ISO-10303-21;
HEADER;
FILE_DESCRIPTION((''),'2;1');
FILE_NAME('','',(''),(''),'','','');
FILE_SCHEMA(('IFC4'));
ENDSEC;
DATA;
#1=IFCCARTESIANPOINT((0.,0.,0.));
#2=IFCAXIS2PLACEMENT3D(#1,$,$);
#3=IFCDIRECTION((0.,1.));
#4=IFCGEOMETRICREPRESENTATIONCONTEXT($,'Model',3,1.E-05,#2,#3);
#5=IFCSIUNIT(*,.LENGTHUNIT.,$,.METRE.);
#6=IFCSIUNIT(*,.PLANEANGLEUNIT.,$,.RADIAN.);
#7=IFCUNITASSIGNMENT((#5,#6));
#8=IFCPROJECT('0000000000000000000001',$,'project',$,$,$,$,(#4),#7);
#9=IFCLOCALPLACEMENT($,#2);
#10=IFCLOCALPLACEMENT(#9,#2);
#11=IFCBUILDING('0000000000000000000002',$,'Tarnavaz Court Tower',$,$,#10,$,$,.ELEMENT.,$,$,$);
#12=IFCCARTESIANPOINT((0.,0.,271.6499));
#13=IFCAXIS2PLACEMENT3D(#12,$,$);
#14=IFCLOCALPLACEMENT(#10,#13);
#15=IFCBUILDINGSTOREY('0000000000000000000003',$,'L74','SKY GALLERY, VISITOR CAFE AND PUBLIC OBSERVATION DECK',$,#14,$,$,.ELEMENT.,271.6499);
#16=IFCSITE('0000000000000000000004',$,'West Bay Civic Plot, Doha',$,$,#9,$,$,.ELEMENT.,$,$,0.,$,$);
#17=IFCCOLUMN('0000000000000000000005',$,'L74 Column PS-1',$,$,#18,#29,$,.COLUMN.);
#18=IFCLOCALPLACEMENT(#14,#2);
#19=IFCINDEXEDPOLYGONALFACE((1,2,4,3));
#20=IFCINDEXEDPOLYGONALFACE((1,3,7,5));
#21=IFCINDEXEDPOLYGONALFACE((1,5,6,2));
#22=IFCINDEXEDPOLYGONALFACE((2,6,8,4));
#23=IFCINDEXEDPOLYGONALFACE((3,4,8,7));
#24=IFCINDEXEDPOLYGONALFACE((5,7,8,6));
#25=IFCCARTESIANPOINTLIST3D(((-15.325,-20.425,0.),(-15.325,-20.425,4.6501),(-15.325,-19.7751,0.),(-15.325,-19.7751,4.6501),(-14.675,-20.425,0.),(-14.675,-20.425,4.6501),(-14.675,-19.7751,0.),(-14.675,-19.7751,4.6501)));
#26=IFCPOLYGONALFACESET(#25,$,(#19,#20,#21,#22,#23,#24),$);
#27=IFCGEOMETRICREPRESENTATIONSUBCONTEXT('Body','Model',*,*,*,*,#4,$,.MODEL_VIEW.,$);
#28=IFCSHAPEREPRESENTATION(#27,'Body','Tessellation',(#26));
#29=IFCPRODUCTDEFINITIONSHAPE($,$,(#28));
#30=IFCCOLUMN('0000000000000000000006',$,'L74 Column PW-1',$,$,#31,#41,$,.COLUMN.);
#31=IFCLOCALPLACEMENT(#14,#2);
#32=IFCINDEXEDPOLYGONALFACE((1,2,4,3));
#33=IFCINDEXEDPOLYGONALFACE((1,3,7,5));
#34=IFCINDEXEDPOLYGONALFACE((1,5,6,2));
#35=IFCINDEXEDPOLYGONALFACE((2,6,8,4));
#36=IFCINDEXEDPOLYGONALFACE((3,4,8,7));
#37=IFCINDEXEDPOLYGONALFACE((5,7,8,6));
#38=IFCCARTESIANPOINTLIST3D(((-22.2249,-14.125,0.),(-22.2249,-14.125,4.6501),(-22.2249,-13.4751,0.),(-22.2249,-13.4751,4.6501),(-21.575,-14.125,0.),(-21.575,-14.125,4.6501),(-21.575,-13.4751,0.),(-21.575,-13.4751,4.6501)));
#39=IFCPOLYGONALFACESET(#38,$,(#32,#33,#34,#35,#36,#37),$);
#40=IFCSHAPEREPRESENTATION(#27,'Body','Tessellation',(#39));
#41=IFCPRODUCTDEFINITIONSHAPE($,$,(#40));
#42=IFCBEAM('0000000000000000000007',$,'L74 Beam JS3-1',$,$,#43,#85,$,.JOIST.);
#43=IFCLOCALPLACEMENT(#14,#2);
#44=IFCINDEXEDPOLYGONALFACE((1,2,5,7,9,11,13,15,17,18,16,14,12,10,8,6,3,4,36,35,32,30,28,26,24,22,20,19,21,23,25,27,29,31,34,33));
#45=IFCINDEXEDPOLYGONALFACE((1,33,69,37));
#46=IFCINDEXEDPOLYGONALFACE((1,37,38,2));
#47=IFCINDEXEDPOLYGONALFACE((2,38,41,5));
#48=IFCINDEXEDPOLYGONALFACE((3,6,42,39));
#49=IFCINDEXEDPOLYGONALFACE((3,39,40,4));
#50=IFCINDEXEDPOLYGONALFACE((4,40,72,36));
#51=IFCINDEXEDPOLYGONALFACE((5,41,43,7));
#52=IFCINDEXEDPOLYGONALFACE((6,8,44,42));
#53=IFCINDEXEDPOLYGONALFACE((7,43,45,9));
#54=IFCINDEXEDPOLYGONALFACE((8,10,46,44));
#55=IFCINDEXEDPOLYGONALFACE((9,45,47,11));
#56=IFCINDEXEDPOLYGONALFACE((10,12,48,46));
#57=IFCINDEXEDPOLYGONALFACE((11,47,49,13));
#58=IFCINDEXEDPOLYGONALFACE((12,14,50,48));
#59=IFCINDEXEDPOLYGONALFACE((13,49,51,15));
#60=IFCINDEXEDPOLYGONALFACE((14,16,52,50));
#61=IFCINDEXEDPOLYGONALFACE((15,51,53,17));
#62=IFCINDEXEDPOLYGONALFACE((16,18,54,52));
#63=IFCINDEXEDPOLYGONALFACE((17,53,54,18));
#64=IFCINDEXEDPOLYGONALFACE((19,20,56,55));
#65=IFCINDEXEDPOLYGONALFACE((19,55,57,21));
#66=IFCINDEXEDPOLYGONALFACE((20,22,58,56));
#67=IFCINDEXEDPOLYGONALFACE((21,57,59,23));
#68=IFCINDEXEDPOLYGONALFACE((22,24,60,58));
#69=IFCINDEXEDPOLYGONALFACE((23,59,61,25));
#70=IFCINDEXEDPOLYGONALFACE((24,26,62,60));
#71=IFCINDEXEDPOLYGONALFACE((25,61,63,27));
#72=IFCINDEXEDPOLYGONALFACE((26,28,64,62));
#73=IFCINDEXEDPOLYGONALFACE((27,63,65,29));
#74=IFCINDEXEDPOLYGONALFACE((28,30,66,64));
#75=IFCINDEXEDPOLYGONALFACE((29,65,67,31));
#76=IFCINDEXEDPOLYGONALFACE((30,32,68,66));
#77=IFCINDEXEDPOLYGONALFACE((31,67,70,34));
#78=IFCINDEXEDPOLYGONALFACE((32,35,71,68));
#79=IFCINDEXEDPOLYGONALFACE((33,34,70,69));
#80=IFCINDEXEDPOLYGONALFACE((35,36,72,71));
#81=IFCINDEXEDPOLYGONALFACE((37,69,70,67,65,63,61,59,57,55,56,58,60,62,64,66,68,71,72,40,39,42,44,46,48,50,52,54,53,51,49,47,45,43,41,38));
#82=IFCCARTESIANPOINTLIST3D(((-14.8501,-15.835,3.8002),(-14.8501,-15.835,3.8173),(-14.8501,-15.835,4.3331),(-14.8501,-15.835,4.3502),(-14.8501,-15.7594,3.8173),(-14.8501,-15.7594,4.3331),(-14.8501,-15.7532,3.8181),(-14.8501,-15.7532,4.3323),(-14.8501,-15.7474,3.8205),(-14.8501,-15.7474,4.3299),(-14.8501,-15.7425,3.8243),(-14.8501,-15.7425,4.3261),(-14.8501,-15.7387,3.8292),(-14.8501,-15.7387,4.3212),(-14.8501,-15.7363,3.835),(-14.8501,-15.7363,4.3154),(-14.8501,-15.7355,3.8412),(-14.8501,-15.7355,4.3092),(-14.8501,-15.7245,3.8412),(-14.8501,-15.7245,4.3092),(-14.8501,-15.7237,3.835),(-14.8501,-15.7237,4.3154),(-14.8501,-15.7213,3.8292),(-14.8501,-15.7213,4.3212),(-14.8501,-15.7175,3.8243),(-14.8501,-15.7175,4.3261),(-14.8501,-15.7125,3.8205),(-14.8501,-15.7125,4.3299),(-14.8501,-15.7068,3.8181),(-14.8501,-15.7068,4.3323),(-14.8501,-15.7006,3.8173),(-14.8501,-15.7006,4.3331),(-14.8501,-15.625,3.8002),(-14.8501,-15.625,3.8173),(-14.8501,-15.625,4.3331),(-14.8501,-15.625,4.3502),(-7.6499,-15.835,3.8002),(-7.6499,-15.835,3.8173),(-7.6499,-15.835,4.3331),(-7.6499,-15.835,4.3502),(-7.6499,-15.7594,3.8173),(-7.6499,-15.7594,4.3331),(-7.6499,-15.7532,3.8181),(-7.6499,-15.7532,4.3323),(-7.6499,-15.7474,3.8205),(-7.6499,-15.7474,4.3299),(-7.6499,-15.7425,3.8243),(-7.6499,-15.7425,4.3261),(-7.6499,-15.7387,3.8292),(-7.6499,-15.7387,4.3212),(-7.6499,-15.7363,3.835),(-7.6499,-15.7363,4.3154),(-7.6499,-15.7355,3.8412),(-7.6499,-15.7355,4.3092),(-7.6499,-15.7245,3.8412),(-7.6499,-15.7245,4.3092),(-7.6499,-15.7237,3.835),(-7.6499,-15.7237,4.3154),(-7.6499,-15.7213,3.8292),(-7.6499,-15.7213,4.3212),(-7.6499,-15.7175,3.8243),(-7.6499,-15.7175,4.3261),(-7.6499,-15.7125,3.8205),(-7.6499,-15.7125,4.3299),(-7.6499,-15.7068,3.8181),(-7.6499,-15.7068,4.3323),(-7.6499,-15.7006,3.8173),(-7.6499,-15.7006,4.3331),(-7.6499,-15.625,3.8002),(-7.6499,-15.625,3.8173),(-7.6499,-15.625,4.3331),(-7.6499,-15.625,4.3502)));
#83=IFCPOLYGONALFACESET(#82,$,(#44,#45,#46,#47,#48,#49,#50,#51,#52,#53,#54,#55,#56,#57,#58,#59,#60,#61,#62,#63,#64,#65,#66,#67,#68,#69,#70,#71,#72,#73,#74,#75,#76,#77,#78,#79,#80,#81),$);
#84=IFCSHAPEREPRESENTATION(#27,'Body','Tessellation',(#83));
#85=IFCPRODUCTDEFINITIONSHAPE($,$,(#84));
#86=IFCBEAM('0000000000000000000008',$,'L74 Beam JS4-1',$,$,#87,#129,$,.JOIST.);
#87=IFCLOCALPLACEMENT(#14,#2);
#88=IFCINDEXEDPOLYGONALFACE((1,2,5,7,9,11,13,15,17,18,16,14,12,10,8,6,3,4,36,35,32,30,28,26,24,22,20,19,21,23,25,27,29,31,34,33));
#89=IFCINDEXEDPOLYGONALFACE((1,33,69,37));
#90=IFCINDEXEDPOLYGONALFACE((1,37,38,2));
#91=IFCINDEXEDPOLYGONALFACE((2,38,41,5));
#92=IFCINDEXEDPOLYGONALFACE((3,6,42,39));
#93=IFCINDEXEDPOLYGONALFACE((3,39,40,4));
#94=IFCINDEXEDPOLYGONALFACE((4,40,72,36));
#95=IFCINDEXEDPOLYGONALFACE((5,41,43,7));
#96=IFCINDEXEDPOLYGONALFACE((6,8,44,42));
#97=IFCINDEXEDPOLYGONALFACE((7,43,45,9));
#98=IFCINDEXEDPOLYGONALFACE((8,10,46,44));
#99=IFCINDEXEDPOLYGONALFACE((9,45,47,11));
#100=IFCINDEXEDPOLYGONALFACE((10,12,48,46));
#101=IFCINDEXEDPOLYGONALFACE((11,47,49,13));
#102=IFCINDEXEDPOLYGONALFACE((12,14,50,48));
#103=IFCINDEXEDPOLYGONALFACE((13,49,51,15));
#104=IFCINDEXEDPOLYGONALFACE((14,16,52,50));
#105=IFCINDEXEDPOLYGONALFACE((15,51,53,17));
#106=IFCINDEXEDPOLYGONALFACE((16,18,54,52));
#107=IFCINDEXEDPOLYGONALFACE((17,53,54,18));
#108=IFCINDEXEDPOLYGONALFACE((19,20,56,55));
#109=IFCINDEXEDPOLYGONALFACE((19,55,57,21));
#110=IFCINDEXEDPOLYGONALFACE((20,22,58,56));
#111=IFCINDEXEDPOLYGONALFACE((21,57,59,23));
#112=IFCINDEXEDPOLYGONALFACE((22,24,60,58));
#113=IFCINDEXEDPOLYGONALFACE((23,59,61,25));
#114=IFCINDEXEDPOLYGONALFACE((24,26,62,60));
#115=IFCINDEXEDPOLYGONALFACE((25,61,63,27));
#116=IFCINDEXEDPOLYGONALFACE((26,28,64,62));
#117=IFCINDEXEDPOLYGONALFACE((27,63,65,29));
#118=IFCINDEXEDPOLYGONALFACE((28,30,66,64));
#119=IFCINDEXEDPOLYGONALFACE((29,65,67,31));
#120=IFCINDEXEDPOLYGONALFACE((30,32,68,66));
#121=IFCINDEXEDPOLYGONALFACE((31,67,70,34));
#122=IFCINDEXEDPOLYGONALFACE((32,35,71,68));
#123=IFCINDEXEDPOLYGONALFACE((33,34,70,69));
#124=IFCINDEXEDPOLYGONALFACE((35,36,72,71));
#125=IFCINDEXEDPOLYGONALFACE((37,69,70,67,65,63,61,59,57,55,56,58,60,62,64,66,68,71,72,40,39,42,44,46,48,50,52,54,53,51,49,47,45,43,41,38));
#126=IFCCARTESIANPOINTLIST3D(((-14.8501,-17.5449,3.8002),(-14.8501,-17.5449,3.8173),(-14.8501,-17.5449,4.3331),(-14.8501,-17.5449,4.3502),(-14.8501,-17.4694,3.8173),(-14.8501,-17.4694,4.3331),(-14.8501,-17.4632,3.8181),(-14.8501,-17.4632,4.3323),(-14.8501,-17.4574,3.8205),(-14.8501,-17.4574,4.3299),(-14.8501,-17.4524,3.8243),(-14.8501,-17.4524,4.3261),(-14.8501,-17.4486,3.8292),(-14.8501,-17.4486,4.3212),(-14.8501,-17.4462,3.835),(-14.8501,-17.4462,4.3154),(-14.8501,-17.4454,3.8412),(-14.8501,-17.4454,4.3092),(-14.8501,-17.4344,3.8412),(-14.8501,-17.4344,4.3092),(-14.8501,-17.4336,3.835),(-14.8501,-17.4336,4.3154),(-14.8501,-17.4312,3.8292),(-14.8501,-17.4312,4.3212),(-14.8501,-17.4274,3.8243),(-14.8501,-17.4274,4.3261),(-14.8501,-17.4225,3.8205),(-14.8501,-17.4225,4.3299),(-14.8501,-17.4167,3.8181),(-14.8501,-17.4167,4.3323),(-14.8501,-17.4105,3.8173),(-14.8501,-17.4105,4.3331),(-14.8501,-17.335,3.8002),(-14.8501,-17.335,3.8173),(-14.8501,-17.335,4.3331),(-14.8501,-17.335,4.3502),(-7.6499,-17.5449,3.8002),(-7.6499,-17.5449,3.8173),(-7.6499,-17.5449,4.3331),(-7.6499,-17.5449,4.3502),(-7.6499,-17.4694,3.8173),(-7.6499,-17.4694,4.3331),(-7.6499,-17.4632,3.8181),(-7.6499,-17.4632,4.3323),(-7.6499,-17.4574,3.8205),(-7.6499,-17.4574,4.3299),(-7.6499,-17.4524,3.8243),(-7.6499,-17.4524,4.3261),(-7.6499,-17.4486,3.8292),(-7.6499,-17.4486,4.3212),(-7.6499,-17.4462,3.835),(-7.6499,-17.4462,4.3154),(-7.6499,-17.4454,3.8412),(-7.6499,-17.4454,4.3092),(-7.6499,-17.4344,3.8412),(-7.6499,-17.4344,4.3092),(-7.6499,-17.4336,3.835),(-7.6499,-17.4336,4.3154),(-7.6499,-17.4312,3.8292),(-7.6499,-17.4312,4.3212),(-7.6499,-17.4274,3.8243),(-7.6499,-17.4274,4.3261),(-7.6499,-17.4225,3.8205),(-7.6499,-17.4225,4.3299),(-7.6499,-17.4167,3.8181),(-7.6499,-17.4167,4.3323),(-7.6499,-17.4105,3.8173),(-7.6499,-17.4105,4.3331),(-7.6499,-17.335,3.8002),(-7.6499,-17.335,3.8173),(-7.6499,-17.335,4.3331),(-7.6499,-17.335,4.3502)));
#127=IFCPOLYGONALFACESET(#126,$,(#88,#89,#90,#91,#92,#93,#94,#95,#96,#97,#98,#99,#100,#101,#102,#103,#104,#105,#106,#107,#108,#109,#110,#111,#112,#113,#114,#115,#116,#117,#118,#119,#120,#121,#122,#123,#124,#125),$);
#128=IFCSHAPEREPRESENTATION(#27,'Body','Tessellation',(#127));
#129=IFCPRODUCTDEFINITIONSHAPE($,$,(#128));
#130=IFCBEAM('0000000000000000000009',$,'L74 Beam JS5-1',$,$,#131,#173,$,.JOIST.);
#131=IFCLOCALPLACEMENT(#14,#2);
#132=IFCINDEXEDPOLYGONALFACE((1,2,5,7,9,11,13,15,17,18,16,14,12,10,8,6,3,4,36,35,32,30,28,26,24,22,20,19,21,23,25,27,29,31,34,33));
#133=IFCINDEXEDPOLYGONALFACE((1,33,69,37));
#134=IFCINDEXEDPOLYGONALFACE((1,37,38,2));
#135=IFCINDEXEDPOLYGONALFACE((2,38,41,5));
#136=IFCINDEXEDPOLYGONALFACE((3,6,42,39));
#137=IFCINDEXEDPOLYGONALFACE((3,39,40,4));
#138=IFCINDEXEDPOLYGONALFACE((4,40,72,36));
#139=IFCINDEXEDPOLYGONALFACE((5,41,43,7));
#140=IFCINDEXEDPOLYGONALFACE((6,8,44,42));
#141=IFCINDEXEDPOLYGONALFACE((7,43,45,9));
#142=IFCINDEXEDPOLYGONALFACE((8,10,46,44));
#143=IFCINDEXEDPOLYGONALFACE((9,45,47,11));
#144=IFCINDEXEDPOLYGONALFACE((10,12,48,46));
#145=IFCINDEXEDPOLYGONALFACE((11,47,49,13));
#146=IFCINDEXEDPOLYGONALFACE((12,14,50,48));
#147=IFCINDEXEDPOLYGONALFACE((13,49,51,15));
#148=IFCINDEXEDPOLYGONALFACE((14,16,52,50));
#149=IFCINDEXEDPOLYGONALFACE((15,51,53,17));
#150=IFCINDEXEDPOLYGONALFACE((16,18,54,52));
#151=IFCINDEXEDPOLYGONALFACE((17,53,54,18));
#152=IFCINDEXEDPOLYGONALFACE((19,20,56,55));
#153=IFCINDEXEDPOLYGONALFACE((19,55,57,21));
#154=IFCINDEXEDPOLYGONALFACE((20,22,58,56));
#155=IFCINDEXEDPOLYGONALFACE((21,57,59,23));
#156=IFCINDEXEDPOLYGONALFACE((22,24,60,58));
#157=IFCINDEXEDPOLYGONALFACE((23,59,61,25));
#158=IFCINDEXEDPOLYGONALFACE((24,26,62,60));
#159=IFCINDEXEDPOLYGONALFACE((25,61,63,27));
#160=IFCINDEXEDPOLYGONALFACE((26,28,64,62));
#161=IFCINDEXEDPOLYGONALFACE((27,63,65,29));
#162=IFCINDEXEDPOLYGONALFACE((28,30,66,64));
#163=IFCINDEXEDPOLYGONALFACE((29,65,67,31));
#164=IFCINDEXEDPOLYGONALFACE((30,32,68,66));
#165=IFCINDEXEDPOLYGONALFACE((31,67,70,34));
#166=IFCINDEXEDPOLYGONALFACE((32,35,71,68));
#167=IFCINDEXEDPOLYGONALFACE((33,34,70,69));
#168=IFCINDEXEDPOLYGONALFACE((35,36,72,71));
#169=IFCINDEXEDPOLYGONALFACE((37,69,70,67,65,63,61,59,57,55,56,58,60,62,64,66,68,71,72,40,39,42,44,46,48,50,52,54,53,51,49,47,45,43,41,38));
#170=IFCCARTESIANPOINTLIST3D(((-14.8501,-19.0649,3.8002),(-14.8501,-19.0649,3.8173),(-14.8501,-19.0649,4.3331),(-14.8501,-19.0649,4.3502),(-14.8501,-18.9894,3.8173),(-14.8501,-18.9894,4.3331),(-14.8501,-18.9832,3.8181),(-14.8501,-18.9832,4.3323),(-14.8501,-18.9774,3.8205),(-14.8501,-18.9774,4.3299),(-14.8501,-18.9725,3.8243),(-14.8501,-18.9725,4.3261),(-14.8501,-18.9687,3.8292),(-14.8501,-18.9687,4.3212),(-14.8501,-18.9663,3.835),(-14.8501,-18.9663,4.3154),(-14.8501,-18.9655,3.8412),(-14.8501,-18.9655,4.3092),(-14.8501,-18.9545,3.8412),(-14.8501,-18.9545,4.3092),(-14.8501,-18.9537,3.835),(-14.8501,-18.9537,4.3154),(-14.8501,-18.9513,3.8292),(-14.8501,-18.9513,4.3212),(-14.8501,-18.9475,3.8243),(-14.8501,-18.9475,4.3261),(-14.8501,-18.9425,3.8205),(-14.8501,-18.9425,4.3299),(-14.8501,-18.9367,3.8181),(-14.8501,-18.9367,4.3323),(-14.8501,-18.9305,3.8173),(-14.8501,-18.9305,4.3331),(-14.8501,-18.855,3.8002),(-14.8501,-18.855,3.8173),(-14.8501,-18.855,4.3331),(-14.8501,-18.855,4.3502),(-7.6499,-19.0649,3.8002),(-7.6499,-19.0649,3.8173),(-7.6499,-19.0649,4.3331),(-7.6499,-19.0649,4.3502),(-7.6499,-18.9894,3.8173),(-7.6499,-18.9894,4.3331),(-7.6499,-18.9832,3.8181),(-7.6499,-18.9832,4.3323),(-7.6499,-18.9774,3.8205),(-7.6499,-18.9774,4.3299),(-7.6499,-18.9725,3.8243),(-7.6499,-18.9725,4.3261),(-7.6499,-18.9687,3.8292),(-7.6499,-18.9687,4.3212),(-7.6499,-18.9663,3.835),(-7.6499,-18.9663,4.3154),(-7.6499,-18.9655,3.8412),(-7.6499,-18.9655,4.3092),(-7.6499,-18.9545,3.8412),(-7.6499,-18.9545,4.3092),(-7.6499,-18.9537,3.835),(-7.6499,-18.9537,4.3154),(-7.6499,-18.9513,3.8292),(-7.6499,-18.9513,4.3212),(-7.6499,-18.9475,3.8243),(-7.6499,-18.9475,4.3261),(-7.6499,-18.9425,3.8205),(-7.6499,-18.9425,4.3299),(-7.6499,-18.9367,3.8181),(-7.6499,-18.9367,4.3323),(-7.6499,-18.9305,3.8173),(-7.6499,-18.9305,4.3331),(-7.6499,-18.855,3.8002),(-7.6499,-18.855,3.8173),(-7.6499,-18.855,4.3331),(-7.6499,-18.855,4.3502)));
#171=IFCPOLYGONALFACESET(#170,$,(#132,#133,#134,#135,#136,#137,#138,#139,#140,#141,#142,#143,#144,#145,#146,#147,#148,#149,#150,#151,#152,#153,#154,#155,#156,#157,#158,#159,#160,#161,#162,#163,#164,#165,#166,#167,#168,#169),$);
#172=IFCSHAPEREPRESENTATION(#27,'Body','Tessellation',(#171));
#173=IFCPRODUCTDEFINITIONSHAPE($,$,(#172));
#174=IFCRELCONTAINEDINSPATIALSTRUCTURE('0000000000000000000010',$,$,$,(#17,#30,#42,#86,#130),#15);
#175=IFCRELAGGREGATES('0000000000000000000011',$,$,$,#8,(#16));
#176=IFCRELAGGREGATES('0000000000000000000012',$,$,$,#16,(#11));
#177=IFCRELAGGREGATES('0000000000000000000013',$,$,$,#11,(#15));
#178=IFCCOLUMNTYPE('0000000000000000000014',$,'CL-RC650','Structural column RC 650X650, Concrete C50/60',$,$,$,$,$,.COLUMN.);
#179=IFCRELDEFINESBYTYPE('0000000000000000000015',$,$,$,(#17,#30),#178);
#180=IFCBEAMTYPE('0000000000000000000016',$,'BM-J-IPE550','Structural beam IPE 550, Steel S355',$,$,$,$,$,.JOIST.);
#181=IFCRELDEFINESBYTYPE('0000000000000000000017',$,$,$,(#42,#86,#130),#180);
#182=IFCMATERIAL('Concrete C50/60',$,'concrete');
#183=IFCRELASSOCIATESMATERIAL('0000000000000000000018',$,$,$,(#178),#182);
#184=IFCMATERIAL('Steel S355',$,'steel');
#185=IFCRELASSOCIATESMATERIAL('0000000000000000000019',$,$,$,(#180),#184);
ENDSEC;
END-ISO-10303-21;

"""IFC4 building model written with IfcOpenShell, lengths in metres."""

from ifc_helpers import new_model, si_unit, direction, frame, origin, origin_2d, place, context, subcontext, project, spatial, rectangle, i_section, extrude, material, material_profile, profile_set, type_object, element, save


model = new_model("IFC4")

# Units and contexts
model_context = context("Model", 3, precision=1e-05, world=origin(), true_north=direction((0.0, 1.0)))
body_context = subcontext(model_context, "Body", "Model", "MODEL_VIEW")
ifc_project = project(units=[si_unit("LENGTHUNIT", "METRE"), si_unit("PLANEANGLEUNIT", "RADIAN")], contexts=[model_context])

# Site, building, storey
site_placement = place(None, origin())
site = spatial("IfcSite", under=ifc_project, at=site_placement, Name="West Bay Civic Plot, Doha", CompositionType="ELEMENT", RefElevation=0.0)
building_placement = place(site_placement, origin())
building = spatial("IfcBuilding", under=site, at=building_placement, Name="Tarnavaz Court Tower", CompositionType="ELEMENT")
storey_placement = place(building_placement, frame((0.0, 0.0, 271.6499)))
storey = spatial("IfcBuildingStorey", under=building, at=storey_placement, Name="L74", Description="SKY GALLERY, VISITOR CAFE AND PUBLIC OBSERVATION DECK", CompositionType="ELEMENT", Elevation=271.6499)

# Columns
ifc_material_1 = material(Name="Concrete C50/60", Category="concrete")
ifc_material_profile_1 = material_profile(ifc_material_1, rectangle(XDim=0.6499, YDim=0.6499, at=origin_2d()), Name="RC 650X650")
ifc_profile_set_1 = profile_set([ifc_material_profile_1], Name="Concrete C50/60")
column_type = type_object("IfcColumnType", Name="CL-RC650", Description="Structural column RC 650X650, Concrete C50/60", PredefinedType="COLUMN", material=ifc_profile_set_1)
for number, where, z_axis, x_axis, name in (
    (1, (-15.0, -20.1001, 0.0), (0.0, 0.0, 1.0), (1.0, 0.0, 0.0), "L74 Column PS-1"),
    (2, (-21.8999, -13.8, 0.0), (0.0, 0.0, 1.0), (1.0, 0.0, 0.0), "L74 Column PW-1"),
):
    element("IfcColumn", number, at=place(storey_placement, frame(where, z_axis=z_axis, x_axis=x_axis)), inside=storey, type_object=column_type, Name=name, PredefinedType="COLUMN", context=body_context, shape_type="SweptSolid", body=[
        extrude(rectangle(XDim=0.6499, YDim=0.6499, at=origin_2d()), origin(), (0.0, 0.0, 1.0), 4.6501),
    ])

# Beams
ifc_material_2 = material(Name="Steel S355", Category="steel")
ifc_material_profile_2 = material_profile(ifc_material_2, i_section(OverallWidth=0.21, OverallDepth=0.55, WebThickness=0.011, FlangeThickness=0.0171, FilletRadius=0.0239, at=origin_2d()), Name="IPE 550")
ifc_profile_set_2 = profile_set([ifc_material_profile_2], Name="Steel S355")
beam_type_1 = type_object("IfcBeamType", Name="BM-J-IPE550", Description="Structural beam IPE 550, Steel S355", PredefinedType="JOIST", material=ifc_profile_set_2)
for number, where, z_axis, x_axis, name in (
    (3, (-14.8501, -15.73, 4.0752), (1.0, 0.0, 0.0), (0.0, 1.0, 0.0), "L74 Beam JS3-1"),
    (4, (-14.8501, -17.4399, 4.0752), (1.0, 0.0, 0.0), (0.0, 1.0, 0.0), "L74 Beam JS4-1"),
    (5, (-14.8501, -18.96, 4.0752), (1.0, 0.0, 0.0), (0.0, 1.0, 0.0), "L74 Beam JS5-1"),
):
    element("IfcBeam", number, at=place(storey_placement, frame(where, z_axis=z_axis, x_axis=x_axis)), inside=storey, type_object=beam_type_1, Name=name, PredefinedType="JOIST", context=body_context, shape_type="SweptSolid", body=[
        extrude(i_section(OverallWidth=0.21, OverallDepth=0.55, WebThickness=0.011, FlangeThickness=0.0171, FilletRadius=0.0239, at=origin_2d()), origin(), (0.0, 0.0, 1.0), 7.2002),
    ])

save(model, "model.ifc")
